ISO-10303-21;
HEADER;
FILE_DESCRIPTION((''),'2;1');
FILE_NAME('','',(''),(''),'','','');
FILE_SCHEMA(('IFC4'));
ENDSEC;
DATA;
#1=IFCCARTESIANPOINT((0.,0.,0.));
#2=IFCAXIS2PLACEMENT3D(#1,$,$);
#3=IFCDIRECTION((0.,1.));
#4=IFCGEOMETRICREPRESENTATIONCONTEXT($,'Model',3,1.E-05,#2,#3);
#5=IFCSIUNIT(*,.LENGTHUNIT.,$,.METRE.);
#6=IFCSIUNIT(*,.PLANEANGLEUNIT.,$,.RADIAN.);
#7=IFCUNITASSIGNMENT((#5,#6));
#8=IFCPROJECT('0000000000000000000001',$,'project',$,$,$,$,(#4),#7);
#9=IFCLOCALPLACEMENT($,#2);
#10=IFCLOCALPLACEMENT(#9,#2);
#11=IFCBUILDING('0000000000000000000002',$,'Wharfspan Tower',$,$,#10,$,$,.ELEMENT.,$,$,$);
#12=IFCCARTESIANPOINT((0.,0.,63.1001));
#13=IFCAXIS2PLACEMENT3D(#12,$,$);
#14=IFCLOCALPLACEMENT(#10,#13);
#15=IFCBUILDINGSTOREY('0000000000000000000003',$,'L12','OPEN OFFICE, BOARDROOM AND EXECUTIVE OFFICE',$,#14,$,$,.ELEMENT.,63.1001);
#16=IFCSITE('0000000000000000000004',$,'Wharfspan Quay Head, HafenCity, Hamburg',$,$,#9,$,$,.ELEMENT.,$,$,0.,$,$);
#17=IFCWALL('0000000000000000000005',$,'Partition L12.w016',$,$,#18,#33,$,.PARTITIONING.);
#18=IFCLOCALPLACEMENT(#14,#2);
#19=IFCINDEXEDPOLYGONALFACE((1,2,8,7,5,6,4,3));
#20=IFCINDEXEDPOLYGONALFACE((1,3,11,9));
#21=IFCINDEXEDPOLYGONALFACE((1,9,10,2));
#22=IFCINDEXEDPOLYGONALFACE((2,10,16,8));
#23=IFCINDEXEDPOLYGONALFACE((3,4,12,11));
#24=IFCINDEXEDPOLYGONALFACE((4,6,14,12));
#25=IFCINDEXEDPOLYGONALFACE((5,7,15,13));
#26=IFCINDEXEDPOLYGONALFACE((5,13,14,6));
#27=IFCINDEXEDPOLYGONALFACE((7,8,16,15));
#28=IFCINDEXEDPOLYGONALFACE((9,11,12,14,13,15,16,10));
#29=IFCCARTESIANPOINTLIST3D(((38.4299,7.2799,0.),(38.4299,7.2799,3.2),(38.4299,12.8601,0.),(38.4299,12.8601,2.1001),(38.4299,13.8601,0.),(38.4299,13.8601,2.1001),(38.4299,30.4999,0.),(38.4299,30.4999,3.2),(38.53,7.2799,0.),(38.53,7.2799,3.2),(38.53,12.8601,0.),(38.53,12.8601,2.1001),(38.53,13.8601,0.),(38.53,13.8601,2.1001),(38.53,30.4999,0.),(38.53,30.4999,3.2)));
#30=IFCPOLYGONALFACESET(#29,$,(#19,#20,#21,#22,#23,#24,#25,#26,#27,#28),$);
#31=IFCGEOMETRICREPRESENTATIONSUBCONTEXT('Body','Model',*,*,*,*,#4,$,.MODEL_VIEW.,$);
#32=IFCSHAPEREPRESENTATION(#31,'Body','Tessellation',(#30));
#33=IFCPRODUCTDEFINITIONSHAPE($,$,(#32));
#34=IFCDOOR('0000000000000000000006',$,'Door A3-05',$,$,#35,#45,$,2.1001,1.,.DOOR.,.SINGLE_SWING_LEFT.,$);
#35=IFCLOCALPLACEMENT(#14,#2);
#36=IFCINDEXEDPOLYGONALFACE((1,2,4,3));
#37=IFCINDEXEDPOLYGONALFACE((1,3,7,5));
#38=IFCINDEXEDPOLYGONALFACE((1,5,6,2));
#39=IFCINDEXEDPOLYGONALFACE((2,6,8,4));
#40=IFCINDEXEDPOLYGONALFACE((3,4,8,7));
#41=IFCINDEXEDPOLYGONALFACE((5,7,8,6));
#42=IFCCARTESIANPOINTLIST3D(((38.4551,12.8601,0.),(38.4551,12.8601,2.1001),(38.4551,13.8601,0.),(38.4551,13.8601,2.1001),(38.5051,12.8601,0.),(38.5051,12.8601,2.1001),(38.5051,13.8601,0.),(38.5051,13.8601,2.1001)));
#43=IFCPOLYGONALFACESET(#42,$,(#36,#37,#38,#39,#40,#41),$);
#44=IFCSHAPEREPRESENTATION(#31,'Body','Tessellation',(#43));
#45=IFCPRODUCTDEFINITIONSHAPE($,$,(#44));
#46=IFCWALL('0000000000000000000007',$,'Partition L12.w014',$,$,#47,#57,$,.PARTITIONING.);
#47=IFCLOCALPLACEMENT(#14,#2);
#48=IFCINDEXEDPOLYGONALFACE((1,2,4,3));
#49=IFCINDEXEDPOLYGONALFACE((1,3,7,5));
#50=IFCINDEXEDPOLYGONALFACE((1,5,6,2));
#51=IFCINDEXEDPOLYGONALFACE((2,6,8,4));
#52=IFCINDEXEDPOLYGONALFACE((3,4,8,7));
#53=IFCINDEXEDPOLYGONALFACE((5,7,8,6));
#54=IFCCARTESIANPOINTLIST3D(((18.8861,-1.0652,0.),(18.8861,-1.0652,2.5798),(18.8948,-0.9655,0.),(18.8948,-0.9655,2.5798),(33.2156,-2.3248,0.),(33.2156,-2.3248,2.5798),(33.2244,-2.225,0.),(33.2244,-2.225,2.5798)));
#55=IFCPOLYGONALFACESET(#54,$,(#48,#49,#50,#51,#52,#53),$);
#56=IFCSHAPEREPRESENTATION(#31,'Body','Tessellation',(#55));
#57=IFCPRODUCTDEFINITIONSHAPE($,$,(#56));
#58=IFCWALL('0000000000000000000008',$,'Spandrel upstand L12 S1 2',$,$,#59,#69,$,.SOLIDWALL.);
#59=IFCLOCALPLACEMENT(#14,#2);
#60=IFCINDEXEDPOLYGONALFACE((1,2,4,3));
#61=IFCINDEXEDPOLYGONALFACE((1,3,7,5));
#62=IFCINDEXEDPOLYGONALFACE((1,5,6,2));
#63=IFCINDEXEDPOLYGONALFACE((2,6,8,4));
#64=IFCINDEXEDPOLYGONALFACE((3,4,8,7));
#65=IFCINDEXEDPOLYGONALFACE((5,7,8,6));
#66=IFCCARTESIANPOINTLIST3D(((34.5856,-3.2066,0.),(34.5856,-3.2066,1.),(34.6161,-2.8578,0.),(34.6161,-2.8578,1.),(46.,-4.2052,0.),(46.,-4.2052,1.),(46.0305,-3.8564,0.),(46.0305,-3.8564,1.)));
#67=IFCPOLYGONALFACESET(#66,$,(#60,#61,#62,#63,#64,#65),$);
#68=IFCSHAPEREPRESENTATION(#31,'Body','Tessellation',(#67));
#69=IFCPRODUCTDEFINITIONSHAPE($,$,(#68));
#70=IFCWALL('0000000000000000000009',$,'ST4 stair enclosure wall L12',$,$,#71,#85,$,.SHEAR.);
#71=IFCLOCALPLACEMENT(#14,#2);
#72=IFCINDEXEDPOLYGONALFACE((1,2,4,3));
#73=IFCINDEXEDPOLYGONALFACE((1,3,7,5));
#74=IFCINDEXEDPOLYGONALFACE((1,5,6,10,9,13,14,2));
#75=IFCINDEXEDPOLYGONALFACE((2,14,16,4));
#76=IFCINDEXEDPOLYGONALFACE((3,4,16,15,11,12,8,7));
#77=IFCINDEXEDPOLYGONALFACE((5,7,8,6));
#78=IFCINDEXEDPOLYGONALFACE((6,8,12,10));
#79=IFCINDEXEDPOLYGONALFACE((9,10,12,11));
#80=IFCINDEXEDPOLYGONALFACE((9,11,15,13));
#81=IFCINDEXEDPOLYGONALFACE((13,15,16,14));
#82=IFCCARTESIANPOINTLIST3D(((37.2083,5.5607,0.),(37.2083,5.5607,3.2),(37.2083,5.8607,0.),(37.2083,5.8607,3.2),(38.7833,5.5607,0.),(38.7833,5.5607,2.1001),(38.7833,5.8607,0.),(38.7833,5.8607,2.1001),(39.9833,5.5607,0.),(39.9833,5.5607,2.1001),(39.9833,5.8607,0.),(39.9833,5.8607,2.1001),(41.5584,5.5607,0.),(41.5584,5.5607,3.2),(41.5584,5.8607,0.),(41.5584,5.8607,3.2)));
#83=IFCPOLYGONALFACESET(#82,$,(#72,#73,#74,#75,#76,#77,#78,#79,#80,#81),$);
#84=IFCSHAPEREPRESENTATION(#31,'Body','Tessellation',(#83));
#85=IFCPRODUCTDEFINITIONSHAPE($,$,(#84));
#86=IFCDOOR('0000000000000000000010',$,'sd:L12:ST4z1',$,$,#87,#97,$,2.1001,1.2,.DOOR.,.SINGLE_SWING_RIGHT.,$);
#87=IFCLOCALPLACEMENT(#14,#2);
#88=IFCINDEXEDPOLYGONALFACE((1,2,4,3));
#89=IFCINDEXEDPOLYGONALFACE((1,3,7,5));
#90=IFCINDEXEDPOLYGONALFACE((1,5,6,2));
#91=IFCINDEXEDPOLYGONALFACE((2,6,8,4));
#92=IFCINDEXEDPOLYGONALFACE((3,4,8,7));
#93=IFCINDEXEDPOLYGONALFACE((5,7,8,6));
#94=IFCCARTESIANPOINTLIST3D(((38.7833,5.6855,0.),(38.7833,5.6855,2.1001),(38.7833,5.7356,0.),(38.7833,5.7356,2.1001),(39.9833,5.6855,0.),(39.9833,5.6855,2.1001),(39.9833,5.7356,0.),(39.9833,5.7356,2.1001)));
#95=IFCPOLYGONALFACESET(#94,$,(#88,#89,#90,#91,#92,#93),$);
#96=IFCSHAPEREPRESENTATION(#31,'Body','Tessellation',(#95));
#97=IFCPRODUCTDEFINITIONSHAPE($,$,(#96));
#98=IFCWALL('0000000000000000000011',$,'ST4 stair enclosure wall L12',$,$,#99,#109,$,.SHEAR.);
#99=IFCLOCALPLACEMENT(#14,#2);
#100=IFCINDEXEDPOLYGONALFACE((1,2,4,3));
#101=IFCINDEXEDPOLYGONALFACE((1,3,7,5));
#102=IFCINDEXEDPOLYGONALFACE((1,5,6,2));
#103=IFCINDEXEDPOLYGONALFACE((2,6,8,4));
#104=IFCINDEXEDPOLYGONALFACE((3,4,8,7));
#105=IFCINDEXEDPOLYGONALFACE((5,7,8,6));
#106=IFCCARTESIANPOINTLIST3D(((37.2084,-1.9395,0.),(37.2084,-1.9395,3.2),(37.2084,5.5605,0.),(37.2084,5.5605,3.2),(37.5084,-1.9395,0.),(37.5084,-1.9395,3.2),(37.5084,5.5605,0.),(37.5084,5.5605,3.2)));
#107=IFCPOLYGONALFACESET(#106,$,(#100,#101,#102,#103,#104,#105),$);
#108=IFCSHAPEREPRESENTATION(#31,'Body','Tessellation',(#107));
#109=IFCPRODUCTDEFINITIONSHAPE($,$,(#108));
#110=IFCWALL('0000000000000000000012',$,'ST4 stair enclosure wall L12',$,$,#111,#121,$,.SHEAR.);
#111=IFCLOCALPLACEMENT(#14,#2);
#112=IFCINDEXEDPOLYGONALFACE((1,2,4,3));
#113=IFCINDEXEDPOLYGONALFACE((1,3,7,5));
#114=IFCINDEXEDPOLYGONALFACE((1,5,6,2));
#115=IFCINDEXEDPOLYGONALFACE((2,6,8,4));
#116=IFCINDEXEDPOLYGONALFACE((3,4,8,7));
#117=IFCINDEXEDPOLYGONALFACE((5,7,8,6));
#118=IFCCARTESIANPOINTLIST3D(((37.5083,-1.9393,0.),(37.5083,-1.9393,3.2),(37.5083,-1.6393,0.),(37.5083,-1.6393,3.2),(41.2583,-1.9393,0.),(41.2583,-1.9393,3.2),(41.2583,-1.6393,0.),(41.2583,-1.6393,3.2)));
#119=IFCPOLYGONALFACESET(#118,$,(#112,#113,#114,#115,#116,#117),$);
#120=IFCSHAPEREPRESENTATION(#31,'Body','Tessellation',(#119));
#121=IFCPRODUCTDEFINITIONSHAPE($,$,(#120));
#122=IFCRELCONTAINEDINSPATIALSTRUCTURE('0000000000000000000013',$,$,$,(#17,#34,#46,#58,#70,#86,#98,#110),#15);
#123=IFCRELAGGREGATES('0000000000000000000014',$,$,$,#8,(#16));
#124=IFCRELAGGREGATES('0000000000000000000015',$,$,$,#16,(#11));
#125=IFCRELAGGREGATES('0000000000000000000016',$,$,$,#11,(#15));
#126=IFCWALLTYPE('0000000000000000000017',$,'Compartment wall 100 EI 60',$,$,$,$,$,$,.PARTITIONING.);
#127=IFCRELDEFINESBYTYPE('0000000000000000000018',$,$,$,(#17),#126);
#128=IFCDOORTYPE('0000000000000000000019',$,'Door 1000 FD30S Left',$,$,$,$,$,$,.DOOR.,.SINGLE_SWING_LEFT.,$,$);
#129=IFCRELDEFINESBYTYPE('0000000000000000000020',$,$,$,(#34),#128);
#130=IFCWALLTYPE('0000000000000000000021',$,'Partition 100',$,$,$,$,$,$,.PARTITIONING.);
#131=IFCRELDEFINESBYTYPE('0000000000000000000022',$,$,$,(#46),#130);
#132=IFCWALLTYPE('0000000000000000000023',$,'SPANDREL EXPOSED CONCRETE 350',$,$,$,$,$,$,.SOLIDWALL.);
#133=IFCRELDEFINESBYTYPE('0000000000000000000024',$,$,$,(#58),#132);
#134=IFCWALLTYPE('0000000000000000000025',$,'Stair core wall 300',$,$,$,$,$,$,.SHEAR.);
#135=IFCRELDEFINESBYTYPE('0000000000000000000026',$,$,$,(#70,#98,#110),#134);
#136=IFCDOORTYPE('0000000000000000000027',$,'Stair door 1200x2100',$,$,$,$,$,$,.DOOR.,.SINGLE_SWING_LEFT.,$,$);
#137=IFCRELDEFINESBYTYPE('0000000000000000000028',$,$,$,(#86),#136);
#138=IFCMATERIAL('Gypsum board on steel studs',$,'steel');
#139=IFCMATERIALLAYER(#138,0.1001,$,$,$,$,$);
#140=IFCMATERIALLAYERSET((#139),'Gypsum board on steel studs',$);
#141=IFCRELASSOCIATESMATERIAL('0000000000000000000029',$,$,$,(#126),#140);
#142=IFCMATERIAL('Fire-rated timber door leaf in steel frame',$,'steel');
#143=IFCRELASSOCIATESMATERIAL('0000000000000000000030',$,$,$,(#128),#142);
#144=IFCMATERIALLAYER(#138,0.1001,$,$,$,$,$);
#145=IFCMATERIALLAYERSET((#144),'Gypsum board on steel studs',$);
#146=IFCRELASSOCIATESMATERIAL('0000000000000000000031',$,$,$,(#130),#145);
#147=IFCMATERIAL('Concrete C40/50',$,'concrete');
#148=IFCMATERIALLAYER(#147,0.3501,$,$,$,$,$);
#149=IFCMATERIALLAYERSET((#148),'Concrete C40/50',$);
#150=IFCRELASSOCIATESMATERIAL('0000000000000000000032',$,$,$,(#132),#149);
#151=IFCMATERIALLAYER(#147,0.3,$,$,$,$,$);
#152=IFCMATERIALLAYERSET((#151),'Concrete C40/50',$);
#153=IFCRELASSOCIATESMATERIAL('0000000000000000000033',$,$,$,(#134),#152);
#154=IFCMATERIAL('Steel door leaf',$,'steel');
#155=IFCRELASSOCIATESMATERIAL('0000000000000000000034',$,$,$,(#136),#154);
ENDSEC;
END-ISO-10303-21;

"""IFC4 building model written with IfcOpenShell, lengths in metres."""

from ifc_helpers import new_model, si_unit, direction, frame, frame_2d, origin, place, context, subcontext, project, spatial, rectangle, extrude, material, layer, layer_set, type_object, element, fill, save


model = new_model("IFC4")

# Units and contexts
model_context = context("Model", 3, precision=1e-05, world=origin(), true_north=direction((0.0, 1.0)))
body_context = subcontext(model_context, "Body", "Model", "MODEL_VIEW")
ifc_project = project(units=[si_unit("LENGTHUNIT", "METRE"), si_unit("PLANEANGLEUNIT", "RADIAN")], contexts=[model_context])

# Site, building, storey
site_placement = place(None, origin())
site = spatial("IfcSite", under=ifc_project, at=site_placement, Name="Wharfspan Quay Head, HafenCity, Hamburg", CompositionType="ELEMENT", RefElevation=0.0)
building_placement = place(site_placement, origin())
building = spatial("IfcBuilding", under=site, at=building_placement, Name="Wharfspan Tower", CompositionType="ELEMENT")
storey_placement = place(building_placement, frame((0.0, 0.0, 63.1001)))
storey = spatial("IfcBuildingStorey", under=building, at=storey_placement, Name="L12", Description="OPEN OFFICE, BOARDROOM AND EXECUTIVE OFFICE", CompositionType="ELEMENT", Elevation=63.1001)

# Shared definitions
ifc_material_1 = material(Name="Gypsum board on steel studs", Category="steel")
ifc_layer_1 = layer(ifc_material_1, 0.1001)
ifc_layer_set_1 = layer_set([ifc_layer_1], Name="Gypsum board on steel studs")
wall_type_1 = type_object("IfcWallType", Name="Compartment wall 100 EI 60", PredefinedType="PARTITIONING", material=ifc_layer_set_1)

# Wall, opening, door
wall_1_placement = place(storey_placement, frame((38.48, 7.28, 0.0), z_axis=(0.0, 0.0, 1.0), x_axis=(0.0, 1.0, 0.0)))
wall_1 = element("IfcWall", 1, at=wall_1_placement, inside=storey, type_object=wall_type_1, Name="Partition L12.w016", PredefinedType="PARTITIONING", context=body_context, shape_type="SweptSolid", body=[
    extrude(rectangle(XDim=23.22, YDim=0.1001, at=frame_2d((11.6099, 0.0))), origin(), (0.0, 0.0, 1.0), 3.2),
])
opening_1_placement = place(wall_1_placement, frame((5.5801, 0.0, 0.0)))
opening_1 = element("IfcOpeningElement", 2, at=opening_1_placement, cuts=wall_1, PredefinedType="OPENING", context=body_context, shape_type="SweptSolid", body=[
    extrude(rectangle(XDim=1.0, YDim=2.1001, at=frame_2d((0.5, 1.05))), frame((0.0, 0.0601, 0.0), z_axis=(0.0, -1.0, 0.0), x_axis=(1.0, 0.0, 0.0)), (0.0, 0.0, 1.0), 0.1201),
])
ifc_material_2 = material(Name="Fire-rated timber door leaf in steel frame", Category="steel")
door_type_1 = type_object("IfcDoorType", Name="Door 1000 FD30S Left", OperationType="SINGLE_SWING_LEFT", PredefinedType="DOOR", material=ifc_material_2)
door_1_placement = place(opening_1_placement, origin())
door_1 = element("IfcDoor", 3, at=door_1_placement, inside=storey, type_object=door_type_1, Name="Door A3-05", OperationType="SINGLE_SWING_LEFT", OverallHeight=2.1001, OverallWidth=1.0, PredefinedType="DOOR", context=body_context, shape_type="SweptSolid", body=[
    extrude(rectangle(XDim=1.0, YDim=2.1001, at=frame_2d((0.5, 1.05))), frame((0.0, 0.0249, 0.0), z_axis=(0.0, -1.0, 0.0), x_axis=(1.0, 0.0, 0.0)), (0.0, 0.0, 1.0), 0.05),
])
fill(opening_1, door_1)

# Walls
ifc_layer_2 = layer(ifc_material_1, 0.1001)
ifc_layer_set_2 = layer_set([ifc_layer_2], Name="Gypsum board on steel studs")
wall_type_2 = type_object("IfcWallType", Name="Partition 100", PredefinedType="PARTITIONING", material=ifc_layer_set_2)
wall_2_placement = place(storey_placement, frame((33.22, -2.2749, 0.0), z_axis=(0.0, 0.0, 1.0), x_axis=(-0.99616, 0.087559, 0.0)))
element("IfcWall", 4, at=wall_2_placement, inside=storey, type_object=wall_type_2, Name="Partition L12.w014", PredefinedType="PARTITIONING", context=body_context, shape_type="SweptSolid", body=[
    extrude(rectangle(XDim=14.3848, YDim=0.1001, at=frame_2d((7.1924, 0.0))), origin(), (0.0, 0.0, 1.0), 2.5798),
])
ifc_material_3 = material(Name="Concrete C40/50", Category="concrete")
ifc_layer_3 = layer(ifc_material_3, 0.3501)
ifc_layer_set_3 = layer_set([ifc_layer_3], Name="Concrete C40/50")
wall_type_3 = type_object("IfcWallType", Name="SPANDREL EXPOSED CONCRETE 350", PredefinedType="SOLIDWALL", material=ifc_layer_set_3)
wall_3_placement = place(storey_placement, frame((34.6008, -3.0322, 0.0), z_axis=(0.0, 0.0, 1.0), x_axis=(0.996193, -0.087148, 0.0)))
element("IfcWall", 5, at=wall_3_placement, inside=storey, type_object=wall_type_3, Name="Spandrel upstand L12 S1 2", PredefinedType="SOLIDWALL", context=body_context, shape_type="SweptSolid", body=[
    extrude(rectangle(XDim=11.458, YDim=0.3501, at=frame_2d((5.729, 0.0))), origin(), (0.0, 0.0, 1.0), 1.0),
])

# Wall, opening, door
ifc_layer_4 = layer(ifc_material_3, 0.3)
ifc_layer_set_4 = layer_set([ifc_layer_4], Name="Concrete C40/50")
wall_type_4 = type_object("IfcWallType", Name="Stair core wall 300", PredefinedType="SHEAR", material=ifc_layer_set_4)
wall_4_placement = place(storey_placement, frame((37.2083, 5.7107, 0.0), z_axis=(0.0, 0.0, 1.0), x_axis=(1.0, 0.0, 0.0)))
wall_4 = element("IfcWall", 6, at=wall_4_placement, inside=storey, type_object=wall_type_4, Name="ST4 stair enclosure wall L12", PredefinedType="SHEAR", context=body_context, shape_type="SweptSolid", body=[
    extrude(rectangle(XDim=4.3501, YDim=0.3, at=frame_2d((2.175, 0.0))), origin(), (0.0, 0.0, 1.0), 3.2),
])
opening_2_placement = place(wall_4_placement, frame((1.575, 0.0, 0.0)))
opening_2 = element("IfcOpeningElement", 7, at=opening_2_placement, cuts=wall_4, PredefinedType="OPENING", context=body_context, shape_type="SweptSolid", body=[
    extrude(rectangle(XDim=1.2, YDim=2.1001, at=frame_2d((0.6001, 1.05))), frame((0.0, 0.1599, 0.0), z_axis=(0.0, -1.0, 0.0), x_axis=(1.0, 0.0, 0.0)), (0.0, 0.0, 1.0), 0.3201),
])
ifc_material_4 = material(Name="Steel door leaf", Category="steel")
door_type_2 = type_object("IfcDoorType", Name="Stair door 1200x2100", OperationType="SINGLE_SWING_LEFT", PredefinedType="DOOR", material=ifc_material_4)
door_2_placement = place(opening_2_placement, origin())
door_2 = element("IfcDoor", 8, at=door_2_placement, inside=storey, type_object=door_type_2, Name="sd:L12:ST4z1", OperationType="SINGLE_SWING_RIGHT", OverallHeight=2.1001, OverallWidth=1.2, PredefinedType="DOOR", context=body_context, shape_type="SweptSolid", body=[
    extrude(rectangle(XDim=1.2, YDim=2.1001, at=frame_2d((0.6001, 1.05))), frame((0.0, 0.0249, 0.0), z_axis=(0.0, -1.0, 0.0), x_axis=(1.0, 0.0, 0.0)), (0.0, 0.0, 1.0), 0.05),
])
fill(opening_2, door_2)

# Walls
wall_5_placement = place(storey_placement, frame((37.3584, -1.9395, 0.0), z_axis=(0.0, 0.0, 1.0), x_axis=(0.0, 1.0, 0.0)))
element("IfcWall", 9, at=wall_5_placement, inside=storey, type_object=wall_type_4, Name="ST4 stair enclosure wall L12", PredefinedType="SHEAR", context=body_context, shape_type="SweptSolid", body=[
    extrude(rectangle(XDim=7.5, YDim=0.3, at=frame_2d((3.75, 0.0))), origin(), (0.0, 0.0, 1.0), 3.2),
])
wall_6_placement = place(storey_placement, frame((37.5083, -1.7893, 0.0), z_axis=(0.0, 0.0, 1.0), x_axis=(1.0, 0.0, 0.0)))
element("IfcWall", 10, at=wall_6_placement, inside=storey, type_object=wall_type_4, Name="ST4 stair enclosure wall L12", PredefinedType="SHEAR", context=body_context, shape_type="SweptSolid", body=[
    extrude(rectangle(XDim=3.75, YDim=0.3, at=frame_2d((1.875, 0.0))), origin(), (0.0, 0.0, 1.0), 3.2),
])

save(model, "model.ifc")
